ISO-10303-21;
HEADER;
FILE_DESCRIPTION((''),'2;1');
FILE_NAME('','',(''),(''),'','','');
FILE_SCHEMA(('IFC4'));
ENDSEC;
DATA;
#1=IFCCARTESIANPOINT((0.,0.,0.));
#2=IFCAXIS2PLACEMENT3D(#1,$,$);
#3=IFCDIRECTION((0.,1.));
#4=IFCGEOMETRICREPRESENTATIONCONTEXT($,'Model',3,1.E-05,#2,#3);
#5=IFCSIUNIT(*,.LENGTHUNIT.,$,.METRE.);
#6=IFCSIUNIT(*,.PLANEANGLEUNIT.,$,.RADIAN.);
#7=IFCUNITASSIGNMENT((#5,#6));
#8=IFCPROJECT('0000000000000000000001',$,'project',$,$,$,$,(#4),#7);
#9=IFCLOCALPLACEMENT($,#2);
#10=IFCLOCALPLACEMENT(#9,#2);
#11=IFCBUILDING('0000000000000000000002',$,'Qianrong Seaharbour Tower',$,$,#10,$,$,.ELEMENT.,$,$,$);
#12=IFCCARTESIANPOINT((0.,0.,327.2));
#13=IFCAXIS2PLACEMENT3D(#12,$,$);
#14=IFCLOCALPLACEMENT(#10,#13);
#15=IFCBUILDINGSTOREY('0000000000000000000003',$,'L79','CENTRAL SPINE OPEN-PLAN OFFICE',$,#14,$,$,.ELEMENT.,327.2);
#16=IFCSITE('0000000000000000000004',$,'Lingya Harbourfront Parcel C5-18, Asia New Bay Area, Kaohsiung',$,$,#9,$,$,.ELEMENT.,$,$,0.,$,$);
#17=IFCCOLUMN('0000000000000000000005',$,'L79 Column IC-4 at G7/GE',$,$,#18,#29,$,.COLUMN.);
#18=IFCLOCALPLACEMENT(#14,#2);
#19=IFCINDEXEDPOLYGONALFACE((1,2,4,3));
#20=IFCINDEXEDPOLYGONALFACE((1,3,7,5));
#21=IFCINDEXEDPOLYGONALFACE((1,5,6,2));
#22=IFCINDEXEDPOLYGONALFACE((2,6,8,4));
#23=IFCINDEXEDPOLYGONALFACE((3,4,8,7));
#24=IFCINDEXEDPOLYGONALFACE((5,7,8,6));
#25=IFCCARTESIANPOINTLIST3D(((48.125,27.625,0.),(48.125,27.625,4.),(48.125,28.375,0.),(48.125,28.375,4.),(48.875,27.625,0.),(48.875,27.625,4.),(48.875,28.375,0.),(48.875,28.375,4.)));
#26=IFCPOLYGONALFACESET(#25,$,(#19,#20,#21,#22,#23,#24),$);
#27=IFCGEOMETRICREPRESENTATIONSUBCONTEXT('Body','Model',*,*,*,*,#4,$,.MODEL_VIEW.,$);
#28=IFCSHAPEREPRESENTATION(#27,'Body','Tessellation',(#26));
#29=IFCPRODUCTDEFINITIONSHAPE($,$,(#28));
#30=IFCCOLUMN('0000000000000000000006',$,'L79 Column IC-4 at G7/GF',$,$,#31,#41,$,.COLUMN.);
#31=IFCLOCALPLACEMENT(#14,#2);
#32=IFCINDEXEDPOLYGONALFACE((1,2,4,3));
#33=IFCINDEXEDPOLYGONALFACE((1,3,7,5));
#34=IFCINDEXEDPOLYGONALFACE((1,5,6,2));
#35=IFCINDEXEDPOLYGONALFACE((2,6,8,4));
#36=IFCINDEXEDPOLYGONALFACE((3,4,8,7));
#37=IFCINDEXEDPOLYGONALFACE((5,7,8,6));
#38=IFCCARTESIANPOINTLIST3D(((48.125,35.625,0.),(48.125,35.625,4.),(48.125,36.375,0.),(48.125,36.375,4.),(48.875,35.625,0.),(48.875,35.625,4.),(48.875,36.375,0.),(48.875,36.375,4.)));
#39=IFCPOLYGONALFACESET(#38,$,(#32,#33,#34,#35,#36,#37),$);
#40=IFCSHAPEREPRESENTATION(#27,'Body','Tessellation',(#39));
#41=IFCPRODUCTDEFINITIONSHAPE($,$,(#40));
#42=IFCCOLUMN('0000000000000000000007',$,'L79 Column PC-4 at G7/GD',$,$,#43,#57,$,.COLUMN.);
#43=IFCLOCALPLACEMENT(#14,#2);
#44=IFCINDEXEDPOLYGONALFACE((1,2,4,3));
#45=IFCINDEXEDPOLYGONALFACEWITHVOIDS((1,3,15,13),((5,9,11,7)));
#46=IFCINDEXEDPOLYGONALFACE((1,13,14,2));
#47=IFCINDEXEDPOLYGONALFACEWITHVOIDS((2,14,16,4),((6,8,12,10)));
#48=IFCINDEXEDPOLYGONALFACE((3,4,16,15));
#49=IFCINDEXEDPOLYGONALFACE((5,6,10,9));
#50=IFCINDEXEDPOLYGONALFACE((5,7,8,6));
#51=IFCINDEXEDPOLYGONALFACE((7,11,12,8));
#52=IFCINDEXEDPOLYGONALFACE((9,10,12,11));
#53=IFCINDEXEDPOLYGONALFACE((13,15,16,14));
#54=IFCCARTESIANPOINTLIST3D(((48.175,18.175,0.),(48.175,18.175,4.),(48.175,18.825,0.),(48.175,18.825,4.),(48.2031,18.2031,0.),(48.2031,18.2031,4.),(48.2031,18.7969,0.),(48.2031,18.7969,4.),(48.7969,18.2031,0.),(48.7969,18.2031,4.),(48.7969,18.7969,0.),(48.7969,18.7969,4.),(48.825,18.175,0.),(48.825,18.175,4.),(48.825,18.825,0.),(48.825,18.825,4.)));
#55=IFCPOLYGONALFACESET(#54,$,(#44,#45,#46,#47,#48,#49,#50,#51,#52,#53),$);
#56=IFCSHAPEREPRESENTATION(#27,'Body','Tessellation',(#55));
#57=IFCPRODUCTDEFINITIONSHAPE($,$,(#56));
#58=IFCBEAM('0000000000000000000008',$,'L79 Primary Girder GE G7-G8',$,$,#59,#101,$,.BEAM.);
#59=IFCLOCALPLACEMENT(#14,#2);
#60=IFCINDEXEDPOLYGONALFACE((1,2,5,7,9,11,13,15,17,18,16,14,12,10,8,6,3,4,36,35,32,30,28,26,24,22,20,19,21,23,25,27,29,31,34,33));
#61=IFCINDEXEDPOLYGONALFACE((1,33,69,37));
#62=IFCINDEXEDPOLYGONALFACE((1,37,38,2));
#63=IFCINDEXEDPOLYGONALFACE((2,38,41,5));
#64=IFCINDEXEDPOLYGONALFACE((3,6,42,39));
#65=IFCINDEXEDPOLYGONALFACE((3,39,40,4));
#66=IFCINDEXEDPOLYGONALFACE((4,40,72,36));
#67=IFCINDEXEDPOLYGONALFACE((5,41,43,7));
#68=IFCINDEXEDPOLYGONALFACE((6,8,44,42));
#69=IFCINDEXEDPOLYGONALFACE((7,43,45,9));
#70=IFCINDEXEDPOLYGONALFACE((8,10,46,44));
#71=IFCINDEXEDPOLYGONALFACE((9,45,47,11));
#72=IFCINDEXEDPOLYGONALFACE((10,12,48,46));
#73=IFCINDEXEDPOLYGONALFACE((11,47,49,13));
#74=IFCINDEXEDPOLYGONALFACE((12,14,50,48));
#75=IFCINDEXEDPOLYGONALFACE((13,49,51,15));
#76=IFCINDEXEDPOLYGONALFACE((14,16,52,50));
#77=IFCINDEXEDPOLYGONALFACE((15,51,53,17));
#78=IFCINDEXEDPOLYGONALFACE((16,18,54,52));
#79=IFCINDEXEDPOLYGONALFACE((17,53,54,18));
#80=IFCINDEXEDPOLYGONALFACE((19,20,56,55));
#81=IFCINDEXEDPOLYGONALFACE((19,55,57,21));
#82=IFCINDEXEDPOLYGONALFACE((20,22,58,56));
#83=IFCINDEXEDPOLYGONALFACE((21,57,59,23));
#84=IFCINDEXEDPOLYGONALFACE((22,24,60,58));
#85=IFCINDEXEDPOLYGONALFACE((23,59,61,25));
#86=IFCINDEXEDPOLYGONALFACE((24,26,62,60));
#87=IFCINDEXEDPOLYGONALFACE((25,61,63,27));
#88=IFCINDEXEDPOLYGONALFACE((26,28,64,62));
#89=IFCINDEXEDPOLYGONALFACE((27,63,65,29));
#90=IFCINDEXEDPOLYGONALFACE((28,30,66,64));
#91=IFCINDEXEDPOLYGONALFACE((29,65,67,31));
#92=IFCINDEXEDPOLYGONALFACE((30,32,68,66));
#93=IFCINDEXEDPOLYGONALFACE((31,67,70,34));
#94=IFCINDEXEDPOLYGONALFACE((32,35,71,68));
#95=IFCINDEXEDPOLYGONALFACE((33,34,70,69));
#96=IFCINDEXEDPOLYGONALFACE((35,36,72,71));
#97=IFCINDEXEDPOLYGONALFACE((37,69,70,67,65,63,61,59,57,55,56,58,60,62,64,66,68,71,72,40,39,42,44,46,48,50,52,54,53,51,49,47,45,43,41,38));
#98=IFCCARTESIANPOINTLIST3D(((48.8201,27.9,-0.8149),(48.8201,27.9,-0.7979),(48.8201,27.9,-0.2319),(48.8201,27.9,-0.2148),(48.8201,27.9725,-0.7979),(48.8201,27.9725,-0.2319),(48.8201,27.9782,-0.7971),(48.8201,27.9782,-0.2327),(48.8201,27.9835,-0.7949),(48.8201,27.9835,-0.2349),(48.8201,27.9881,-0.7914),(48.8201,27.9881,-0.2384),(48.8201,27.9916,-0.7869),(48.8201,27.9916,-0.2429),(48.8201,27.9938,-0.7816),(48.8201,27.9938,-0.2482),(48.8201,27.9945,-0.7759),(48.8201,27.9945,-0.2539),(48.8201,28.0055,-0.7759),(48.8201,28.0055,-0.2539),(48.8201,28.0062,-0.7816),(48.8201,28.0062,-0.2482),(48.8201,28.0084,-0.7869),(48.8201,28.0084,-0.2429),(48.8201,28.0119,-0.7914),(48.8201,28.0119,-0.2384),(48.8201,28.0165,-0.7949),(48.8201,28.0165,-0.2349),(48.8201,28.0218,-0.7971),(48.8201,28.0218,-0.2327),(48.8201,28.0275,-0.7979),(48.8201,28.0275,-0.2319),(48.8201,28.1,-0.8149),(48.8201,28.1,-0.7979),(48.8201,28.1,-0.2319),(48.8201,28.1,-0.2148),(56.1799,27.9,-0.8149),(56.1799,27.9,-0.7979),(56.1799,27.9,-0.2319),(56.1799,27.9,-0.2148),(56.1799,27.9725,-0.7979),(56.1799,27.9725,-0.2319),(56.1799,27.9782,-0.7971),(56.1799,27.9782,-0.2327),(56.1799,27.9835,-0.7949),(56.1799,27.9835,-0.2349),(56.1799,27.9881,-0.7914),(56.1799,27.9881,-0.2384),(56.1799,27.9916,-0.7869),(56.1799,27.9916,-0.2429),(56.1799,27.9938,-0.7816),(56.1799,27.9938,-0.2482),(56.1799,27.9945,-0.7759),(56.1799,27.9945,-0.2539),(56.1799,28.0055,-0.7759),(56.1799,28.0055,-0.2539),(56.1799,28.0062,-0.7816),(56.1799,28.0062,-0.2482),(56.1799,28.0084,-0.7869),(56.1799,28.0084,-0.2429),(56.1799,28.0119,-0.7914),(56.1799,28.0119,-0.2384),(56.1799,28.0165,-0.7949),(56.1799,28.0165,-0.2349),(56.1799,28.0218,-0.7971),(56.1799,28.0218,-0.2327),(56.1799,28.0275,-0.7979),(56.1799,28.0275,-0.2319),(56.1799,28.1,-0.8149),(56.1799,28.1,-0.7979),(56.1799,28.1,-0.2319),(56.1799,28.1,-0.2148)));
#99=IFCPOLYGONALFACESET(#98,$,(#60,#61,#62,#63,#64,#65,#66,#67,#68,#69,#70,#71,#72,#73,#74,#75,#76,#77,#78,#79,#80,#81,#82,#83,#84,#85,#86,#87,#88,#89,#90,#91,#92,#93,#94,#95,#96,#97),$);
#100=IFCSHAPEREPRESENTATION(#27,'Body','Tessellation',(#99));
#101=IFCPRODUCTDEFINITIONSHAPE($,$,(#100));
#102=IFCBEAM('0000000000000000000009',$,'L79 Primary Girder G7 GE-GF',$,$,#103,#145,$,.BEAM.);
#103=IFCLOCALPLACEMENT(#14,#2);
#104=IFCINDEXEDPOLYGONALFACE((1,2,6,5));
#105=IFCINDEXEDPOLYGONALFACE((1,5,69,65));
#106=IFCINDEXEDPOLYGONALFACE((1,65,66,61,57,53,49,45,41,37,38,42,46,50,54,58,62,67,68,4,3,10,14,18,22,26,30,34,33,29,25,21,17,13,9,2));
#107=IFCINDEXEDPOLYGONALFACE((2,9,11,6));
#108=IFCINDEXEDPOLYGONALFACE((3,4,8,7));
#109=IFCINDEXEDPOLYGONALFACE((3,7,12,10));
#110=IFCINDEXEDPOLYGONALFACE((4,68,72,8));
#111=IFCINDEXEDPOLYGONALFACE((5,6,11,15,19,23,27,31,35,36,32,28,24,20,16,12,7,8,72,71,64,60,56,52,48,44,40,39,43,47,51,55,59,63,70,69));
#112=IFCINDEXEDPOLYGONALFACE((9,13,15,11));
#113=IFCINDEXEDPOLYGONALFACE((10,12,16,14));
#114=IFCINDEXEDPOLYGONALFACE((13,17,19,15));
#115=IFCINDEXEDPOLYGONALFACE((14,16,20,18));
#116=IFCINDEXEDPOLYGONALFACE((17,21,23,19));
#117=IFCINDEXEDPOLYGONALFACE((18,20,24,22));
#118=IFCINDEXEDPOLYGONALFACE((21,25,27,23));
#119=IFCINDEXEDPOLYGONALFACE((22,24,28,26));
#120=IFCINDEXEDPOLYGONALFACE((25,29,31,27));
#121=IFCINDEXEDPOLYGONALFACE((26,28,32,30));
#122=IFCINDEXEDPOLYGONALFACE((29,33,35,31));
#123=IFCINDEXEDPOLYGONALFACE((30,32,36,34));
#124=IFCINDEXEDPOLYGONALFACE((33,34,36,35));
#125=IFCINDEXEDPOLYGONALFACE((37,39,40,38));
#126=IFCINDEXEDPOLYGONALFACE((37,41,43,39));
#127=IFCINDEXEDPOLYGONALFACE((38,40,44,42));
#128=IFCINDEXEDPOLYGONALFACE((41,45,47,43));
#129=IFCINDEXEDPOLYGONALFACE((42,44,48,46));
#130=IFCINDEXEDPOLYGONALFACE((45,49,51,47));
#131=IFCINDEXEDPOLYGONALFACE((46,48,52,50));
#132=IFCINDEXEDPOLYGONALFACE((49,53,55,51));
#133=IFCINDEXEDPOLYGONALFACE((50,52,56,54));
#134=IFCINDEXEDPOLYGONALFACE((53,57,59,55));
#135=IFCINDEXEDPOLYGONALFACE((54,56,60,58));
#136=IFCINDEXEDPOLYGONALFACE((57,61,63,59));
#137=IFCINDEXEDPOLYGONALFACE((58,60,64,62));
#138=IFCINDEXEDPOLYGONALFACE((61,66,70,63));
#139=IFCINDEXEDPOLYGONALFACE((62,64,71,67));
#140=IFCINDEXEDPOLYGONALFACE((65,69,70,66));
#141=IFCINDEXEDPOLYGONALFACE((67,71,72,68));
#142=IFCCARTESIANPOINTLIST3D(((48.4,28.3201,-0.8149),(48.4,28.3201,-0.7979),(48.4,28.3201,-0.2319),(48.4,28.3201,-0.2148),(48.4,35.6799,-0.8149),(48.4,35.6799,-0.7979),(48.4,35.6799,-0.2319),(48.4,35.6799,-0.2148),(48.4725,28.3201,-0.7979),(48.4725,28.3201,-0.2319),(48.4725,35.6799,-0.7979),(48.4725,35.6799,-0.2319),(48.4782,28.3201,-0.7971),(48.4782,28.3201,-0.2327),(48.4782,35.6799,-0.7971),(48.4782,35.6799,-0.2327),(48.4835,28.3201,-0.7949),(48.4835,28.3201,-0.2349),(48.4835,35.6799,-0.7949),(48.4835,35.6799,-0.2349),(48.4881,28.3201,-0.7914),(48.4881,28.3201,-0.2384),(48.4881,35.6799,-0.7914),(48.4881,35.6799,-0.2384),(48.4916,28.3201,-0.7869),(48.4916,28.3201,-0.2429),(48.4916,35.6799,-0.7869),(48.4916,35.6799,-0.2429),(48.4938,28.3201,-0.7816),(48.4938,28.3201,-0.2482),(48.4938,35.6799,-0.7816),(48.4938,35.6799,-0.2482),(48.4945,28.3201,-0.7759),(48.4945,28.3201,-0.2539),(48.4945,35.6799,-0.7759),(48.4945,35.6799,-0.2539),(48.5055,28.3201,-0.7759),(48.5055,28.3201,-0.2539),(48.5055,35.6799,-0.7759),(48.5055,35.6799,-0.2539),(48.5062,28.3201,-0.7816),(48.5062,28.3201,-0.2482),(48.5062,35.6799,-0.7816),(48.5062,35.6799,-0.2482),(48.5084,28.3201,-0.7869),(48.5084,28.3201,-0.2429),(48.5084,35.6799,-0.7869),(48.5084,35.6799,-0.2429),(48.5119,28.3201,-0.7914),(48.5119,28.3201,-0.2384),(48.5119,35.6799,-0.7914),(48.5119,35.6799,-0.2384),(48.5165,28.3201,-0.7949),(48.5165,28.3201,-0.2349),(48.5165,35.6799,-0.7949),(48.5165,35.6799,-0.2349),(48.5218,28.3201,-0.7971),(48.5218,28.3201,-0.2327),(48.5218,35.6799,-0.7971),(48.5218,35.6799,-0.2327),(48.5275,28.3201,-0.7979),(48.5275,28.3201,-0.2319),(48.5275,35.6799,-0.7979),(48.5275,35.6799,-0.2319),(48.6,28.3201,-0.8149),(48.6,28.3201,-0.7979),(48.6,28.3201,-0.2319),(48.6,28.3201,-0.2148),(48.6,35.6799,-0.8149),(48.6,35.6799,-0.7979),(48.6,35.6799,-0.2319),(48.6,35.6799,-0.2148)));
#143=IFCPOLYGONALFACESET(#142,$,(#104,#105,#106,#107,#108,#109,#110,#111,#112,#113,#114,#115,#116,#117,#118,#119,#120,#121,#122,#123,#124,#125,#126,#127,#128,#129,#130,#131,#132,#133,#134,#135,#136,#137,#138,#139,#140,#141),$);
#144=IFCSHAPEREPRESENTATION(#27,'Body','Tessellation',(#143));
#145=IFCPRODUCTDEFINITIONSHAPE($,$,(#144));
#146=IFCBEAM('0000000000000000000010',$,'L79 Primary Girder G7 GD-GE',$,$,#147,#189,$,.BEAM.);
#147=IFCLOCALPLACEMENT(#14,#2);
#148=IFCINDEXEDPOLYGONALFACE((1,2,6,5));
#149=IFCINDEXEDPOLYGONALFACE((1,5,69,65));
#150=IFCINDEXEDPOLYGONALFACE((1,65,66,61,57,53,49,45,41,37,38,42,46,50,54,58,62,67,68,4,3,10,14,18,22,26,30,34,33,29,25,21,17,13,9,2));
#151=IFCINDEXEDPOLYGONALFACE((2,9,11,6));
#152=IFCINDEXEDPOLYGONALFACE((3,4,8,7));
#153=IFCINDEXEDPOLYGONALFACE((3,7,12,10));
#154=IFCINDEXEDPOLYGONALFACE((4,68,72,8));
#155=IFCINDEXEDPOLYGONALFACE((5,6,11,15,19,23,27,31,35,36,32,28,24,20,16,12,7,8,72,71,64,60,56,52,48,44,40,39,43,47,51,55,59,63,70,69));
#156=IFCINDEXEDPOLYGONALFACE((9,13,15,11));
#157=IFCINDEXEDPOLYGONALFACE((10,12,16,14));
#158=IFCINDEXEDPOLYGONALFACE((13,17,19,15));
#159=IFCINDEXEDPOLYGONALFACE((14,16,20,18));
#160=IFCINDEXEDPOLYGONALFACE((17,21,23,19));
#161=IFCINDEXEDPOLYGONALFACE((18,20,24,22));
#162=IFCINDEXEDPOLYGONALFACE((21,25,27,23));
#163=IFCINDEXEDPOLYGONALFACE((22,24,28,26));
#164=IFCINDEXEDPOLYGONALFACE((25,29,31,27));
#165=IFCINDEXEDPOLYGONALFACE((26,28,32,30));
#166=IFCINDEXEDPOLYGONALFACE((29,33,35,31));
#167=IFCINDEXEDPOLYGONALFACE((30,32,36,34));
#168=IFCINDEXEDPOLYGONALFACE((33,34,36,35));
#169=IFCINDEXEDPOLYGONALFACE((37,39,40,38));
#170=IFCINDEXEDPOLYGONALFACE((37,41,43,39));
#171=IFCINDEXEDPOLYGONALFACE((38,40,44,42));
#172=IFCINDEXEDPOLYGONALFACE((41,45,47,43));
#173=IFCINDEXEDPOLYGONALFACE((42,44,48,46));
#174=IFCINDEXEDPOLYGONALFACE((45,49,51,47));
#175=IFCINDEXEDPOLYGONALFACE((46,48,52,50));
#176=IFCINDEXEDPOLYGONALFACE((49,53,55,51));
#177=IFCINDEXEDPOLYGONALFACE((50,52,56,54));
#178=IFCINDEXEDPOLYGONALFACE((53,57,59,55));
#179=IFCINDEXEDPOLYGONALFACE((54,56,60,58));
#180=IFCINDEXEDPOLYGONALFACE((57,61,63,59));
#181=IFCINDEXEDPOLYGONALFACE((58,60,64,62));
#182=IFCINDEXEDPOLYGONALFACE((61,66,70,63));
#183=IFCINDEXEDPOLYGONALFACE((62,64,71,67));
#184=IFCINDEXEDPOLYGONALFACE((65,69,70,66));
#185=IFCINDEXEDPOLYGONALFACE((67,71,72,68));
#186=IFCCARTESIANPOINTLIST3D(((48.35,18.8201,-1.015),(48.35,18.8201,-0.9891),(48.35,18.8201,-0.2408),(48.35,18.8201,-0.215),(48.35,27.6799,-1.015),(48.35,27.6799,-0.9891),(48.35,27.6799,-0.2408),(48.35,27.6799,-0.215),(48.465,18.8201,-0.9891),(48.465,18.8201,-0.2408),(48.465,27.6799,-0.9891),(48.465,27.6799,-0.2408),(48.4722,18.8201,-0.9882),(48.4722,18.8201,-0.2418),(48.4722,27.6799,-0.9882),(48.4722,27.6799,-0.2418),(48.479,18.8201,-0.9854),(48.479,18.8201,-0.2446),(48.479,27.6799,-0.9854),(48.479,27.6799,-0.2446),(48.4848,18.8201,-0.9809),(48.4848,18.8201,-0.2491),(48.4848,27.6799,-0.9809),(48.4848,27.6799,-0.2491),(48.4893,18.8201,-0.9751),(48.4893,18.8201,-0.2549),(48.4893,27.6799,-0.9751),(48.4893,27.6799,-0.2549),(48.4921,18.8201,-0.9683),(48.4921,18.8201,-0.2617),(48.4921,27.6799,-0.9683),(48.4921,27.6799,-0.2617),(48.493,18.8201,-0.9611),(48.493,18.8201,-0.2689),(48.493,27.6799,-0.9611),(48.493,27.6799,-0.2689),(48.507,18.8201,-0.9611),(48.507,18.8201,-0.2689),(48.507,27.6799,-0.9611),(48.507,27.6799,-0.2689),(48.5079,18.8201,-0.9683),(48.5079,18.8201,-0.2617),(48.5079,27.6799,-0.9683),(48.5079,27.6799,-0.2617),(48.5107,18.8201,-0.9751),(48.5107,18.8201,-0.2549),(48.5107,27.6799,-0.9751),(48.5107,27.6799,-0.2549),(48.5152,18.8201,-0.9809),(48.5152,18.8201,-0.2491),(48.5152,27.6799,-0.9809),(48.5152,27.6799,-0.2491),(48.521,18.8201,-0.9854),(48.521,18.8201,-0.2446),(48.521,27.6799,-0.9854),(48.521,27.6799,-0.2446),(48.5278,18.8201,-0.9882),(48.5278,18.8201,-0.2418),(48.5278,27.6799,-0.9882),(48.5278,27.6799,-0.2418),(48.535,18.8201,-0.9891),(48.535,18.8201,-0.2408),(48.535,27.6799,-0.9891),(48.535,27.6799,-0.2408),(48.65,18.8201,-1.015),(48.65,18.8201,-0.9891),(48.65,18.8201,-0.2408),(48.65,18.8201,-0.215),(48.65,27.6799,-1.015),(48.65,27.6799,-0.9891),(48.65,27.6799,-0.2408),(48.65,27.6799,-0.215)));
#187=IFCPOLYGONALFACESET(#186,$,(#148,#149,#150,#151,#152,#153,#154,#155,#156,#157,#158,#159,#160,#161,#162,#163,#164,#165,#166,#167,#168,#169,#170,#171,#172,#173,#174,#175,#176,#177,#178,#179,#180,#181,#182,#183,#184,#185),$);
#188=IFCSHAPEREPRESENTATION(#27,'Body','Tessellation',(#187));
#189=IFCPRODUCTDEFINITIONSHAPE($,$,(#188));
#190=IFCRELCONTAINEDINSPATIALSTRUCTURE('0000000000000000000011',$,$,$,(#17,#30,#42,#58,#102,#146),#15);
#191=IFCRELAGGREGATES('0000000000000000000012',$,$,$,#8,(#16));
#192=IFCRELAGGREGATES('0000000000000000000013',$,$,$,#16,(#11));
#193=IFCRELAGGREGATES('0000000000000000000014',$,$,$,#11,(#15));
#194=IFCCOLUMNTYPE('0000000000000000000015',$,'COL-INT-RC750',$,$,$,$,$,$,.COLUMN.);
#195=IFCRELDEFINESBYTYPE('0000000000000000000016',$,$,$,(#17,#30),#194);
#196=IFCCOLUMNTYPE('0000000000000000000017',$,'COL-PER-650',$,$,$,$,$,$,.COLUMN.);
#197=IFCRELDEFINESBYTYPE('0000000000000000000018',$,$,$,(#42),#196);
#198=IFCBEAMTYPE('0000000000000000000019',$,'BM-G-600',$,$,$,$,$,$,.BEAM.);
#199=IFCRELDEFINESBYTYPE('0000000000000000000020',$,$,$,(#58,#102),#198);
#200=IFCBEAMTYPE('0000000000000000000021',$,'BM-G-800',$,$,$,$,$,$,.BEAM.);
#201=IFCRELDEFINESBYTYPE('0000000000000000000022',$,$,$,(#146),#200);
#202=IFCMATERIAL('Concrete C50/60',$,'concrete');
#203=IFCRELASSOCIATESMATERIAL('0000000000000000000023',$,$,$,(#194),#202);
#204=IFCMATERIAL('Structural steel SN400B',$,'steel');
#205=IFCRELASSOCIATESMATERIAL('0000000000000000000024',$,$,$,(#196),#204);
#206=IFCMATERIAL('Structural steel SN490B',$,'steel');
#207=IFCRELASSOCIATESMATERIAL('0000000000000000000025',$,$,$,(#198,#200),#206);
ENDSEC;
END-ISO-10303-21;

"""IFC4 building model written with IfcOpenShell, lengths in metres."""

from ifc_helpers import new_model, si_unit, direction, frame, origin, origin_2d, place, context, subcontext, project, spatial, rectangle, hollow_rectangle, i_section, extrude, material, material_profile, profile_set, type_object, element, save


model = new_model("IFC4")

# Units and contexts
model_context = context("Model", 3, precision=1e-05, world=origin(), true_north=direction((0.0, 1.0)))
body_context = subcontext(model_context, "Body", "Model", "MODEL_VIEW")
ifc_project = project(units=[si_unit("LENGTHUNIT", "METRE"), si_unit("PLANEANGLEUNIT", "RADIAN")], contexts=[model_context])

# Site, building, storey
site_placement = place(None, origin())
site = spatial("IfcSite", under=ifc_project, at=site_placement, Name="Lingya Harbourfront Parcel C5-18, Asia New Bay Area, Kaohsiung", CompositionType="ELEMENT", RefElevation=0.0)
building_placement = place(site_placement, origin())
building = spatial("IfcBuilding", under=site, at=building_placement, Name="Qianrong Seaharbour Tower", CompositionType="ELEMENT")
storey_placement = place(building_placement, frame((0.0, 0.0, 327.2)))
storey = spatial("IfcBuildingStorey", under=building, at=storey_placement, Name="L79", Description="CENTRAL SPINE OPEN-PLAN OFFICE", CompositionType="ELEMENT", Elevation=327.2)

# Columns
ifc_material_1 = material(Name="Concrete C50/60", Category="concrete")
ifc_material_profile_1 = material_profile(ifc_material_1, rectangle(XDim=0.75, YDim=0.75, at=origin_2d()), Name="RC750x750")
ifc_profile_set_1 = profile_set([ifc_material_profile_1], Name="Concrete C50/60")
column_type_1 = type_object("IfcColumnType", Name="COL-INT-RC750", PredefinedType="COLUMN", material=ifc_profile_set_1)
for number, where, z_axis, x_axis, name in (
    (1, (48.5, 28.0, 0.0), (0.0, 0.0, 1.0), (1.0, 0.0, 0.0), "L79 Column IC-4 at G7/GE"),
    (2, (48.5, 36.0, 0.0), (0.0, 0.0, 1.0), (1.0, 0.0, 0.0), "L79 Column IC-4 at G7/GF"),
):
    element("IfcColumn", number, at=place(storey_placement, frame(where, z_axis=z_axis, x_axis=x_axis)), inside=storey, type_object=column_type_1, Name=name, PredefinedType="COLUMN", context=body_context, shape_type="SweptSolid", body=[
        extrude(rectangle(XDim=0.75, YDim=0.75, at=origin_2d()), origin(), (0.0, 0.0, 1.0), 4.0),
    ])
ifc_material_2 = material(Name="Structural steel SN400B", Category="steel")
ifc_material_profile_2 = material_profile(ifc_material_2, hollow_rectangle(XDim=0.6499, YDim=0.6499, WallThickness=0.0281, at=origin_2d()), Name="BOX650x650x28")
ifc_profile_set_2 = profile_set([ifc_material_profile_2], Name="Structural steel SN400B")
column_type_2 = type_object("IfcColumnType", Name="COL-PER-650", PredefinedType="COLUMN", material=ifc_profile_set_2)
column_placement = place(storey_placement, frame((48.5, 18.5, 0.0), z_axis=(0.0, 0.0, 1.0), x_axis=(1.0, 0.0, 0.0)))
element("IfcColumn", 3, at=column_placement, inside=storey, type_object=column_type_2, Name="L79 Column PC-4 at G7/GD", PredefinedType="COLUMN", context=body_context, shape_type="SweptSolid", body=[
    extrude(hollow_rectangle(XDim=0.6499, YDim=0.6499, WallThickness=0.0281, at=origin_2d()), origin(), (0.0, 0.0, 1.0), 4.0),
])

# Beams
ifc_material_3 = material(Name="Structural steel SN490B", Category="steel")
ifc_material_profile_3 = material_profile(ifc_material_3, i_section(OverallWidth=0.2, OverallDepth=0.6001, WebThickness=0.011, FlangeThickness=0.0171, FilletRadius=0.022, at=origin_2d()), Name="H600x200x11x17")
ifc_profile_set_3 = profile_set([ifc_material_profile_3], Name="Structural steel SN490B")
beam_type_1 = type_object("IfcBeamType", Name="BM-G-600", PredefinedType="BEAM", material=ifc_profile_set_3)
for number, where, z_axis, x_axis, name in (
    (4, (48.8201, 28.0, -0.5149), (1.0, 0.0, 0.0), (0.0, 1.0, 0.0), "L79 Primary Girder GE G7-G8"),
    (5, (48.5, 28.3201, -0.5149), (0.0, 1.0, 0.0), (-1.0, 0.0, 0.0), "L79 Primary Girder G7 GE-GF"),
):
    element("IfcBeam", number, at=place(storey_placement, frame(where, z_axis=z_axis, x_axis=x_axis)), inside=storey, type_object=beam_type_1, Name=name, PredefinedType="BEAM", context=body_context, shape_type="SweptSolid", body=[
        extrude(i_section(OverallWidth=0.2, OverallDepth=0.6001, WebThickness=0.011, FlangeThickness=0.0171, FilletRadius=0.022, at=origin_2d()), origin(), (0.0, 0.0, 1.0), 7.3599),
    ])
ifc_material_profile_4 = material_profile(ifc_material_3, i_section(OverallWidth=0.3, OverallDepth=0.8, WebThickness=0.0139, FlangeThickness=0.0259, FilletRadius=0.0281, at=origin_2d()), Name="H800x300x14x26")
ifc_profile_set_4 = profile_set([ifc_material_profile_4], Name="Structural steel SN490B")
beam_type_2 = type_object("IfcBeamType", Name="BM-G-800", PredefinedType="BEAM", material=ifc_profile_set_4)
beam_1_placement = place(storey_placement, frame((48.5, 18.8201, -0.615), z_axis=(0.0, 1.0, 0.0), x_axis=(-1.0, 0.0, 0.0)))
element("IfcBeam", 6, at=beam_1_placement, inside=storey, type_object=beam_type_2, Name="L79 Primary Girder G7 GD-GE", PredefinedType="BEAM", context=body_context, shape_type="SweptSolid", body=[
    extrude(i_section(OverallWidth=0.3, OverallDepth=0.8, WebThickness=0.0139, FlangeThickness=0.0259, FilletRadius=0.0281, at=origin_2d()), origin(), (0.0, 0.0, 1.0), 8.8599),
])

save(model, "model.ifc")
